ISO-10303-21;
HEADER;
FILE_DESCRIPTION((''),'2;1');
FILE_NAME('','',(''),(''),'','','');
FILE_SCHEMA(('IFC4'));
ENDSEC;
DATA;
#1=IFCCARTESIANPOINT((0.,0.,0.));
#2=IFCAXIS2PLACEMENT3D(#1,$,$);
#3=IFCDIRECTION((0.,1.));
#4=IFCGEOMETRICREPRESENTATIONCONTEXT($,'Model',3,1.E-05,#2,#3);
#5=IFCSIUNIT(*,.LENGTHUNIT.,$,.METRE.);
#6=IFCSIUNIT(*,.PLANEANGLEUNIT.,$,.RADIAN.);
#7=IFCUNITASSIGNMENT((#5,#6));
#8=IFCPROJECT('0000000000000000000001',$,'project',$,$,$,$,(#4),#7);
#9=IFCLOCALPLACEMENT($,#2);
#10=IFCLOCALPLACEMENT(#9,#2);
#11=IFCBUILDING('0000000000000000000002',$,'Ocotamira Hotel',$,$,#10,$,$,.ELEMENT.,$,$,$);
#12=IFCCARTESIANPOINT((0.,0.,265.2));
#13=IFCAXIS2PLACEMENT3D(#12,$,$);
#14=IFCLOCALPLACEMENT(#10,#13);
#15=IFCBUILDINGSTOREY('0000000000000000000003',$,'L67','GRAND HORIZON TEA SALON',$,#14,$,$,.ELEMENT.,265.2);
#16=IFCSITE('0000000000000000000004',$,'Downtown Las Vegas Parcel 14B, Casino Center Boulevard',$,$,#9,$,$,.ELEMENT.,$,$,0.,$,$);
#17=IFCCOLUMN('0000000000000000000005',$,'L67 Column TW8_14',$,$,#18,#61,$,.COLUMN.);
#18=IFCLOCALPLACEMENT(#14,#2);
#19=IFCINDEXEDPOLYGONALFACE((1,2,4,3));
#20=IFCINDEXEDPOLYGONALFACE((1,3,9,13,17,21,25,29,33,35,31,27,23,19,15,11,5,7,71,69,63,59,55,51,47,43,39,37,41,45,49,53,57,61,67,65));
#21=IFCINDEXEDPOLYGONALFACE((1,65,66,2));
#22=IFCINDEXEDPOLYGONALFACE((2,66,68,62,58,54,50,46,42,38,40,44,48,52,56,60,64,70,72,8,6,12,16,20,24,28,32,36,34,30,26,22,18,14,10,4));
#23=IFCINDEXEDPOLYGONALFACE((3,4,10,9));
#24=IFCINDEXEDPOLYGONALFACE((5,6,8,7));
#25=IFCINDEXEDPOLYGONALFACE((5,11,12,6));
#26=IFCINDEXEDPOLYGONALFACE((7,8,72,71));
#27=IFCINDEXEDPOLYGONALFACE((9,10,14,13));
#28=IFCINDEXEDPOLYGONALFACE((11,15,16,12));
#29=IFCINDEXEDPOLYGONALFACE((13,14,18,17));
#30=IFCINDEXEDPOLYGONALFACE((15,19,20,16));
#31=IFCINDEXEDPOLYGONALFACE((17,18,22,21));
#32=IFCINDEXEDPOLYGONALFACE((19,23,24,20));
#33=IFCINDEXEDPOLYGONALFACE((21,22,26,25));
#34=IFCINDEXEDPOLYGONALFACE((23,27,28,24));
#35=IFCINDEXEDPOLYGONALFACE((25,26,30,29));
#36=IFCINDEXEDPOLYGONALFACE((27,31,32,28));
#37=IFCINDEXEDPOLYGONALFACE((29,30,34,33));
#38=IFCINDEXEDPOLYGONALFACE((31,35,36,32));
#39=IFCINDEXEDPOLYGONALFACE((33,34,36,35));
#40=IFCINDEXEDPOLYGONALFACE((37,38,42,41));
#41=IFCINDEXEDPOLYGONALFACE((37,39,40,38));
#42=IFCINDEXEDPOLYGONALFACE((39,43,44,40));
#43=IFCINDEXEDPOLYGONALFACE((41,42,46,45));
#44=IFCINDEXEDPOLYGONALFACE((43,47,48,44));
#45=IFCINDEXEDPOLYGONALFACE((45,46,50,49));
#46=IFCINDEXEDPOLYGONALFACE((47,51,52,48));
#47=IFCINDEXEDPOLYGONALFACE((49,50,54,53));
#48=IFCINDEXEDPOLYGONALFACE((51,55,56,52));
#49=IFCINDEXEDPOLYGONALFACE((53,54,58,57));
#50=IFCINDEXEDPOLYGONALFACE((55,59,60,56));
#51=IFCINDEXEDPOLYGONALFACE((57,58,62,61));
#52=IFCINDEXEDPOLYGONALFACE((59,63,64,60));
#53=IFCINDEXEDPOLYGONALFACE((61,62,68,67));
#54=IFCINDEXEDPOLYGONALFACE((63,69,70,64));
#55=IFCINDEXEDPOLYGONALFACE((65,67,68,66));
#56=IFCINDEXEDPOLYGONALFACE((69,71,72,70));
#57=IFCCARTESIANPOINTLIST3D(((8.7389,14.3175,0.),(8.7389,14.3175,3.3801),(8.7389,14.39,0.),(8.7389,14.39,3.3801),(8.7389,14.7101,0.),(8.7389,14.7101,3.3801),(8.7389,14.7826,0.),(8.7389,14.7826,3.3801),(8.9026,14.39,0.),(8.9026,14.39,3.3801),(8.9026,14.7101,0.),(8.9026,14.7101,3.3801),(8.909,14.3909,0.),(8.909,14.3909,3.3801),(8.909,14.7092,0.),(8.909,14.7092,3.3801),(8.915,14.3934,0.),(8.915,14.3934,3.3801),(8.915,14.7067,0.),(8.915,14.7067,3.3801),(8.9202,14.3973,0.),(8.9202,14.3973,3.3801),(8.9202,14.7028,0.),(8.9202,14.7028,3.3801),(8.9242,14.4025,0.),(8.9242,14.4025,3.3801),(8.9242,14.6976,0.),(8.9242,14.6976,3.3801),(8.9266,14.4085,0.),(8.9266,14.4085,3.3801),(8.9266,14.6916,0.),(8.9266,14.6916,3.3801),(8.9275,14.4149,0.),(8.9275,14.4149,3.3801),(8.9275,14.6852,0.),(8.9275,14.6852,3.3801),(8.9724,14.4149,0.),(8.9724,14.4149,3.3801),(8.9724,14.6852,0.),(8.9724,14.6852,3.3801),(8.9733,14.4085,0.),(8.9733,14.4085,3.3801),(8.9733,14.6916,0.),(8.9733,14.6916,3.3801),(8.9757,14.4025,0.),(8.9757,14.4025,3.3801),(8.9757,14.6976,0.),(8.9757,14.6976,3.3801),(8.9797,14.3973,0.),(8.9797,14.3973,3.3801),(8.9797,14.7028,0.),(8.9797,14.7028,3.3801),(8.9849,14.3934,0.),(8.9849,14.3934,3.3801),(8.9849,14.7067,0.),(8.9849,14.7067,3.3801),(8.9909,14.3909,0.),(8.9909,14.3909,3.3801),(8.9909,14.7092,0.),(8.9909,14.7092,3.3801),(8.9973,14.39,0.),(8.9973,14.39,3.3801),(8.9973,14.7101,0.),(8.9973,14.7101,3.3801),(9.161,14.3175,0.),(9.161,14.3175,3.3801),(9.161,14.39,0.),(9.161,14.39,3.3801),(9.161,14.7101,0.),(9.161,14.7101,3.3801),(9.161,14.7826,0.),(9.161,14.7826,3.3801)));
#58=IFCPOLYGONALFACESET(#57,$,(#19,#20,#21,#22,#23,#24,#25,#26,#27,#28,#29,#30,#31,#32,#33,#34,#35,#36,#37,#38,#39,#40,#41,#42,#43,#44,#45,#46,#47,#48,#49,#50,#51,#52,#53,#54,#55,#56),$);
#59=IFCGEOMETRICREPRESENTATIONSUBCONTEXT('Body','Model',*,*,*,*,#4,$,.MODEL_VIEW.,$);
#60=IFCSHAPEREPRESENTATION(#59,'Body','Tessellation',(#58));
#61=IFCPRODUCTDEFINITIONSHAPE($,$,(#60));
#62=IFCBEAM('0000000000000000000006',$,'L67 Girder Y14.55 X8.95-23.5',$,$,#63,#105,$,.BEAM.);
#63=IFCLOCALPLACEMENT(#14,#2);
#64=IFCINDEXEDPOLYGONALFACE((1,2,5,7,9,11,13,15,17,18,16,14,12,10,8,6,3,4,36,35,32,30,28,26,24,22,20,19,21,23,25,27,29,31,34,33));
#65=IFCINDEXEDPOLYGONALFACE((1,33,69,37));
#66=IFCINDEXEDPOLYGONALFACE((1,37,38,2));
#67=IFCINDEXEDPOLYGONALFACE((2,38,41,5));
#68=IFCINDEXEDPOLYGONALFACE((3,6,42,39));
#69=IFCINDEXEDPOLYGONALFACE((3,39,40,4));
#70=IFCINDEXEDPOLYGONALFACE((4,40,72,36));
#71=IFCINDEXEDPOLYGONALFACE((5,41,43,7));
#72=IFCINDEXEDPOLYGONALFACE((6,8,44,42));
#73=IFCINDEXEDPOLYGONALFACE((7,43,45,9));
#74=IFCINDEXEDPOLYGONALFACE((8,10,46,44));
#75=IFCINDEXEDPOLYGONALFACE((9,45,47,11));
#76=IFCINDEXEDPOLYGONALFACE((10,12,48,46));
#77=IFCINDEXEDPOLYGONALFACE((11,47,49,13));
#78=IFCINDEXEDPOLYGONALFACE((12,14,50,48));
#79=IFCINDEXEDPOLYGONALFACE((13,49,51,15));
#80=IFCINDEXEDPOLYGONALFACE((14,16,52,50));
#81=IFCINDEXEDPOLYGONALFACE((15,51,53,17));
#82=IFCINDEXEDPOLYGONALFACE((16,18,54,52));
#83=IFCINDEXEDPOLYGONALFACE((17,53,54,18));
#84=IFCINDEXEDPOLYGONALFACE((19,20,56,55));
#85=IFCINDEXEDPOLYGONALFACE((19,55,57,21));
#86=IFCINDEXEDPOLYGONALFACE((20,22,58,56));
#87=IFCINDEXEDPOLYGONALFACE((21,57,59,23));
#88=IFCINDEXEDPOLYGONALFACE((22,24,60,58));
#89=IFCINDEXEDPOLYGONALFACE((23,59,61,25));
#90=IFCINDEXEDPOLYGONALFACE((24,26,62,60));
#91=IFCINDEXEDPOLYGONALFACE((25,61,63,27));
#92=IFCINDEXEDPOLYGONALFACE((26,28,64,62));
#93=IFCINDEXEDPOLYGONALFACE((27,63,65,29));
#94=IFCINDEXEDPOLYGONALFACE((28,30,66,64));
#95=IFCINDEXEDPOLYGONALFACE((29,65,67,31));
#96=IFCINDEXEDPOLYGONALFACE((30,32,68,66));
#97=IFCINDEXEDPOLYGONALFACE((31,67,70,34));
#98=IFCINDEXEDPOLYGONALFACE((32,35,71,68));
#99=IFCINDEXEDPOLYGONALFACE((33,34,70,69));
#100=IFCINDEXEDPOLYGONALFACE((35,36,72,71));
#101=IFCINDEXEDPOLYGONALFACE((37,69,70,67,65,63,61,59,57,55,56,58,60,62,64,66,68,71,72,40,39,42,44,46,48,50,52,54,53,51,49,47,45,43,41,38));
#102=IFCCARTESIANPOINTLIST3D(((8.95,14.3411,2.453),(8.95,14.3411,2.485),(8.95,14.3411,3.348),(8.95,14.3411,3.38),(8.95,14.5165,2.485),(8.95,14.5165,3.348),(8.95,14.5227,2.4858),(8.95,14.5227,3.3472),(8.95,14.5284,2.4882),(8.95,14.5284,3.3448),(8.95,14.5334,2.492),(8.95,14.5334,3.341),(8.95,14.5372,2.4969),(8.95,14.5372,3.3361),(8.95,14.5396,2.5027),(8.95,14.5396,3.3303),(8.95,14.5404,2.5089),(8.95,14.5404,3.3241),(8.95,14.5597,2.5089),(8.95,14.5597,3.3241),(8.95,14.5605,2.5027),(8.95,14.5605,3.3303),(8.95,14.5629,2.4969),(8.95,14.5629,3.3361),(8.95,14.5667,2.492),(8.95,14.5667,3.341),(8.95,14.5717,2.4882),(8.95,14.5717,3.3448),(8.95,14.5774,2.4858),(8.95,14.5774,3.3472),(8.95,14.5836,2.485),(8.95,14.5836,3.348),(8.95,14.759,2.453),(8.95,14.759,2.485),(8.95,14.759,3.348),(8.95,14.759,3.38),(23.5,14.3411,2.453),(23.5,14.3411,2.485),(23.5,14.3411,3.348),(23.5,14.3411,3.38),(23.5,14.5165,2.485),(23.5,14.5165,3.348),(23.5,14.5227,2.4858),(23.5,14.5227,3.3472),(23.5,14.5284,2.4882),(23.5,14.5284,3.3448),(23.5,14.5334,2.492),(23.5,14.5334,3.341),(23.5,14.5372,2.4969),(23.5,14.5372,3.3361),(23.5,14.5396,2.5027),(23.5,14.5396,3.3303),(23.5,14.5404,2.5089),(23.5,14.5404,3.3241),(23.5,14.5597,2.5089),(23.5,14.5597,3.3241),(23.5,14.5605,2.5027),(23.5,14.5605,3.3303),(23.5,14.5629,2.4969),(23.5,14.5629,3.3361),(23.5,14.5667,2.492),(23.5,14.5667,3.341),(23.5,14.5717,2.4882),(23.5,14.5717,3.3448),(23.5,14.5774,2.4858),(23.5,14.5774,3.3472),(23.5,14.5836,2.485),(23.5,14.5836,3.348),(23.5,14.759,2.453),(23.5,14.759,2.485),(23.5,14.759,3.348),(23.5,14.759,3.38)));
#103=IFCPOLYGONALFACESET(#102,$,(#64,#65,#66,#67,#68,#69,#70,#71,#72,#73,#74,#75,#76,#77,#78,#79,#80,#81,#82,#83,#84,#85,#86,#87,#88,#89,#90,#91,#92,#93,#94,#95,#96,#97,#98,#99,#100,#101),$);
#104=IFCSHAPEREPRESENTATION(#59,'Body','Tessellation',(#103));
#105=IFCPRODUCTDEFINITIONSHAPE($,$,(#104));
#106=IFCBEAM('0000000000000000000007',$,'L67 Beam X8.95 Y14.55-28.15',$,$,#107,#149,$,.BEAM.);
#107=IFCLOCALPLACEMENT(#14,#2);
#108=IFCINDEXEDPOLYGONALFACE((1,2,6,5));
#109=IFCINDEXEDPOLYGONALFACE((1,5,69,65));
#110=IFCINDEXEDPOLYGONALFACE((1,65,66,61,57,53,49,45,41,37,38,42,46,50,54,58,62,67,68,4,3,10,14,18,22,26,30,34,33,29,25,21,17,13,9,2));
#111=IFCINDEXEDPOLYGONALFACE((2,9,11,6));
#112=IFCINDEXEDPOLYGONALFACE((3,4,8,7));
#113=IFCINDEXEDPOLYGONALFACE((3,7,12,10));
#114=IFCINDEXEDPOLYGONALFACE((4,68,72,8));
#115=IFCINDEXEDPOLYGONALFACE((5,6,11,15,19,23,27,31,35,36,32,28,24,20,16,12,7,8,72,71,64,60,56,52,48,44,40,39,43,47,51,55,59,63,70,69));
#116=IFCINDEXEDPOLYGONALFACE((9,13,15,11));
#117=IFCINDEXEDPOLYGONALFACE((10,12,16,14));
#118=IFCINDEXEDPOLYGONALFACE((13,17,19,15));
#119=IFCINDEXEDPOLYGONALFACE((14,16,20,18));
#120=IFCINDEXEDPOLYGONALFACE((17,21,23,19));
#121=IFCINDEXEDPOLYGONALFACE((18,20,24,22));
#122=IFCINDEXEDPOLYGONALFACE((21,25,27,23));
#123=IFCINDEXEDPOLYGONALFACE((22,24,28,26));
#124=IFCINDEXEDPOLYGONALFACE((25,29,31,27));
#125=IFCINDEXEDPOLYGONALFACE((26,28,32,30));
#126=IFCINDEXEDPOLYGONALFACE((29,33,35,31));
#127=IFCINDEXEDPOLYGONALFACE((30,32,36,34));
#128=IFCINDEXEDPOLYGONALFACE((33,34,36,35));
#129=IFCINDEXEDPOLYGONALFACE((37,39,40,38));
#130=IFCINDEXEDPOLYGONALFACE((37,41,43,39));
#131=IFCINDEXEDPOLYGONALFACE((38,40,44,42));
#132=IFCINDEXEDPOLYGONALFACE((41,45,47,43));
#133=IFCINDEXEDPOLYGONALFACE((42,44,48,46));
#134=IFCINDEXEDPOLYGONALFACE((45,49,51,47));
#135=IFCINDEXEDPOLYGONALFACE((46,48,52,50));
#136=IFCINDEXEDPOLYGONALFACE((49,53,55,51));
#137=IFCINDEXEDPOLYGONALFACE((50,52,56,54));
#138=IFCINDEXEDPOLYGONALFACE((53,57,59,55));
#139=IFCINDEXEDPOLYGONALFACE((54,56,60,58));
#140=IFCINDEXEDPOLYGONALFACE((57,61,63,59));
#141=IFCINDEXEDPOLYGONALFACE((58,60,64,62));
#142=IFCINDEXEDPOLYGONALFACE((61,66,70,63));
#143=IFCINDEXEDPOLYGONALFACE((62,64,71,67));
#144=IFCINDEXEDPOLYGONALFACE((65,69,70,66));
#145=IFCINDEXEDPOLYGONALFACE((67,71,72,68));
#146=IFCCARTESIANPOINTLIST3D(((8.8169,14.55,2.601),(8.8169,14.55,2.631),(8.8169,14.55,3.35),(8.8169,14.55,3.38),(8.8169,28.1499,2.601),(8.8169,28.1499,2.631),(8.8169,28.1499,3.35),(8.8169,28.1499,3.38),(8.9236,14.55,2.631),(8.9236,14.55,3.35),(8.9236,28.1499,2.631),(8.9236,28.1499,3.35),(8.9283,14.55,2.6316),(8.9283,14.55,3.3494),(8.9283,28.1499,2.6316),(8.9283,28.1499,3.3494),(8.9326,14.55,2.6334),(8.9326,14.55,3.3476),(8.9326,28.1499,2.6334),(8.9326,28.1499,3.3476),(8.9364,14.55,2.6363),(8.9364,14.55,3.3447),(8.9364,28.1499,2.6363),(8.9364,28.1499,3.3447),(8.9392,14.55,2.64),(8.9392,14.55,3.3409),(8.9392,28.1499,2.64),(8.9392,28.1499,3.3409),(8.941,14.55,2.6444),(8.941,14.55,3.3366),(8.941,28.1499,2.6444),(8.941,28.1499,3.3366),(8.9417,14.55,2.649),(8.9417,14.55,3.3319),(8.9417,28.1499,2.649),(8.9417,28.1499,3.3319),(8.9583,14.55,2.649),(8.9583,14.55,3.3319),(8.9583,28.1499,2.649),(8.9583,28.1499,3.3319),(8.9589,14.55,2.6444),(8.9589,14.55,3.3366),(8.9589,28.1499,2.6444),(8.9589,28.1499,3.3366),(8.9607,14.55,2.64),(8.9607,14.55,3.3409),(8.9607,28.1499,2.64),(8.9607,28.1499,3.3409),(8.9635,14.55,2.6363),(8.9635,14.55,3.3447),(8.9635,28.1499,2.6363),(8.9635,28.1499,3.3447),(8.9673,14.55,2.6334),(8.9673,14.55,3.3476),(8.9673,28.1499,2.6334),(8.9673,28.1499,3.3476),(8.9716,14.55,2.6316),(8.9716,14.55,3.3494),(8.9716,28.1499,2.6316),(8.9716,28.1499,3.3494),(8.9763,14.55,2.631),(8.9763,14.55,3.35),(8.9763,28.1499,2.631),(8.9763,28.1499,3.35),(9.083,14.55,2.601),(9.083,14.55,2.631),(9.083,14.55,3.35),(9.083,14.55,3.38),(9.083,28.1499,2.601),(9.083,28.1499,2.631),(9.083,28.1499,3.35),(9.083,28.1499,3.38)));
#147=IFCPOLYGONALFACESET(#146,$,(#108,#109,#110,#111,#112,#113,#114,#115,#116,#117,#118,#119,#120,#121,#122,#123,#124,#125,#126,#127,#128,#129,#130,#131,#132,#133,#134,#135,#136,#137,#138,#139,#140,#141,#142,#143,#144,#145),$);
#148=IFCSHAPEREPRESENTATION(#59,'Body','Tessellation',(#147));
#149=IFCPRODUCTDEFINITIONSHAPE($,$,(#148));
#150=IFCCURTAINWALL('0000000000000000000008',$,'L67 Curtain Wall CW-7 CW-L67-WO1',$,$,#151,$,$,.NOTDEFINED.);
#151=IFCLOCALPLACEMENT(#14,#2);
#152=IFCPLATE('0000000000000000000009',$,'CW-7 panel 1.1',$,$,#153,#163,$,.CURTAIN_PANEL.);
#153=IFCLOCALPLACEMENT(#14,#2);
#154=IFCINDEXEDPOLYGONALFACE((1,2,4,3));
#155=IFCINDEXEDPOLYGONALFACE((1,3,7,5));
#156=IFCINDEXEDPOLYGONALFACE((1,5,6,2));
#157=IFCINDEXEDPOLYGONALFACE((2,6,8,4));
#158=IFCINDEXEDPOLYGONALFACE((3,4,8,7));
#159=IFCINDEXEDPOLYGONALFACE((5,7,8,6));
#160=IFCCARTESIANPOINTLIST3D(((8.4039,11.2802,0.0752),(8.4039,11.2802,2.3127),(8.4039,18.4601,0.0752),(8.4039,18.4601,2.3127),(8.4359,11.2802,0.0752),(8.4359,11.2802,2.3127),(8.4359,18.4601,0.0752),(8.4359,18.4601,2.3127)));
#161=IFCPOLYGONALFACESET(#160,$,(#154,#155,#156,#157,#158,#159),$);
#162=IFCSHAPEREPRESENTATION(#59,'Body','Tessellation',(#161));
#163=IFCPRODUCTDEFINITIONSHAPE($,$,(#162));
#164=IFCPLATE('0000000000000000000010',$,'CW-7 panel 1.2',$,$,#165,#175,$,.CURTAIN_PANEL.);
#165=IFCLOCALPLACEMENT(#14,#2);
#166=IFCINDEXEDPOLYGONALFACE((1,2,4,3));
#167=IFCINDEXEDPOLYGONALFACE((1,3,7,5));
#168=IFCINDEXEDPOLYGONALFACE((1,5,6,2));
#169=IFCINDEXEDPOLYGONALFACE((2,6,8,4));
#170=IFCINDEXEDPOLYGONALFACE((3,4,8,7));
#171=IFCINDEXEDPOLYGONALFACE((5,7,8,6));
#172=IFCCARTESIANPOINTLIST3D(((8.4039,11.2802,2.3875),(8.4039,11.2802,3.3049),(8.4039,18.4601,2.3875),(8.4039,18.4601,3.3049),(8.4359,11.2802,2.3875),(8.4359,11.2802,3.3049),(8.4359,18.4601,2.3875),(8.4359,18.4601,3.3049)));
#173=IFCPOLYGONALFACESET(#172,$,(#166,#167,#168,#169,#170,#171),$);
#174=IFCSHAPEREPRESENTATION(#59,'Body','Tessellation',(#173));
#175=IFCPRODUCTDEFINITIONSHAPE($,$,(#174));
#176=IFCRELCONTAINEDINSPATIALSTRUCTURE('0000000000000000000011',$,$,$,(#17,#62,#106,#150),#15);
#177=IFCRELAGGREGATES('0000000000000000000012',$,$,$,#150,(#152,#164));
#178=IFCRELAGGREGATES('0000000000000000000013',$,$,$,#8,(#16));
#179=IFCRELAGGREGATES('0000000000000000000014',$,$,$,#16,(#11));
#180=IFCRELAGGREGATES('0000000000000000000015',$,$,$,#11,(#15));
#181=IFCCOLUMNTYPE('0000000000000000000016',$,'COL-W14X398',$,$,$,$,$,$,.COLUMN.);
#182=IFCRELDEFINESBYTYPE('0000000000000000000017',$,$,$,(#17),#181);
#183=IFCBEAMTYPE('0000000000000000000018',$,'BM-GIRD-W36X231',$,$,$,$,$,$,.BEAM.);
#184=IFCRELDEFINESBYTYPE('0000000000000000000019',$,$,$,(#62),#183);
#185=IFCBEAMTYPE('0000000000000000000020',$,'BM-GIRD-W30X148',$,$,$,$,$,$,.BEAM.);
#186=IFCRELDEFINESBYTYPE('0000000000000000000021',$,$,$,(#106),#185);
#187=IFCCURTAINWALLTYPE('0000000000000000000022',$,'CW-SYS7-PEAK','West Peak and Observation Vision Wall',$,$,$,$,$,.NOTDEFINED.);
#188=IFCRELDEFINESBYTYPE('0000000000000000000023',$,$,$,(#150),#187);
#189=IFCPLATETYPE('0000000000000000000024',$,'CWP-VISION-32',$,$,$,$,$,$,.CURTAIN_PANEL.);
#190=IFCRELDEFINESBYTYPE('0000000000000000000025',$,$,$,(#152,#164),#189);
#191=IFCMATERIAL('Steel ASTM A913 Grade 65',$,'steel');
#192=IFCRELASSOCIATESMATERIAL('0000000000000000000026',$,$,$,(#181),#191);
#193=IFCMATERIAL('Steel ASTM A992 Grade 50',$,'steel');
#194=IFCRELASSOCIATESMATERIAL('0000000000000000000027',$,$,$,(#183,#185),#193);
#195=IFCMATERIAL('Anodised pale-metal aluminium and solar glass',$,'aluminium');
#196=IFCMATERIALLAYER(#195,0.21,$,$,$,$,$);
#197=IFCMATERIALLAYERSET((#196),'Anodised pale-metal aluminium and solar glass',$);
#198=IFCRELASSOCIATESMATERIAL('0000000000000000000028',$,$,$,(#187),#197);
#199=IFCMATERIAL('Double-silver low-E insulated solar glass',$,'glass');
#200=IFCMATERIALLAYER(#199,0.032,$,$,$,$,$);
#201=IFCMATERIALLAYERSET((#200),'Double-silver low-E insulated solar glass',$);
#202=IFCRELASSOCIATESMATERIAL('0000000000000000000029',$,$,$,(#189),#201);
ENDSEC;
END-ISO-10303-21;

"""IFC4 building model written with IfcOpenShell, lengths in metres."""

from ifc_helpers import new_model, si_unit, direction, frame, origin, origin_2d, place, context, subcontext, project, spatial, rectangle, i_section, extrude, source, transform, mapped, material, layer, layer_set, material_profile, profile_set, type_object, element, aggregate, save


model = new_model("IFC4")

# Units and contexts
model_context = context("Model", 3, precision=1e-05, world=origin(), true_north=direction((0.0, 1.0)))
body_context = subcontext(model_context, "Body", "Model", "MODEL_VIEW")
ifc_project = project(units=[si_unit("LENGTHUNIT", "METRE"), si_unit("PLANEANGLEUNIT", "RADIAN")], contexts=[model_context])

# Site, building, storey
site_placement = place(None, origin())
site = spatial("IfcSite", under=ifc_project, at=site_placement, Name="Downtown Las Vegas Parcel 14B, Casino Center Boulevard", CompositionType="ELEMENT", RefElevation=0.0)
building_placement = place(site_placement, origin())
building = spatial("IfcBuilding", under=site, at=building_placement, Name="Ocotamira Hotel", CompositionType="ELEMENT")
storey_placement = place(building_placement, frame((0.0, 0.0, 265.2)))
storey = spatial("IfcBuildingStorey", under=building, at=storey_placement, Name="L67", Description="GRAND HORIZON TEA SALON", CompositionType="ELEMENT", Elevation=265.2)

# Column
ifc_material_1 = material(Name="Steel ASTM A913 Grade 65", Category="steel")
ifc_material_profile_1 = material_profile(ifc_material_1, i_section(OverallWidth=0.4221, OverallDepth=0.4651, WebThickness=0.0449, FlangeThickness=0.0725, FilletRadius=0.0249, at=origin_2d()), Name="W14X398")
ifc_profile_set_1 = profile_set([ifc_material_profile_1], Name="Steel ASTM A913 Grade 65")
column_type = type_object("IfcColumnType", Name="COL-W14X398", PredefinedType="COLUMN", material=ifc_profile_set_1)
shared_shape_1 = source(origin(), body_context, "Body", "SweptSolid", [
    extrude(i_section(OverallWidth=0.4221, OverallDepth=0.4651, WebThickness=0.0449, FlangeThickness=0.0725, FilletRadius=0.0249, at=origin_2d()), origin(), (0.0, 0.0, 1.0), 3.3801),
])
column_placement = place(storey_placement, frame((8.95, 14.55, 0.0), z_axis=(0.0, 0.0, 1.0), x_axis=(1.0, 0.0, 0.0)))
element("IfcColumn", 1, at=column_placement, inside=storey, type_object=column_type, Name="L67 Column TW8_14", PredefinedType="COLUMN", context=body_context, shape_type="MappedRepresentation", body=[
    mapped(shared_shape_1, transform((0.0, 0.0, 0.0), scale=1.0)),
])

# Beams
ifc_material_2 = material(Name="Steel ASTM A992 Grade 50", Category="steel")
ifc_material_profile_2 = material_profile(ifc_material_2, i_section(OverallWidth=0.418, OverallDepth=0.927, WebThickness=0.0193, FlangeThickness=0.032, FilletRadius=0.0239, at=origin_2d()), Name="W36X231")
ifc_profile_set_2 = profile_set([ifc_material_profile_2], Name="Steel ASTM A992 Grade 50")
beam_type_1 = type_object("IfcBeamType", Name="BM-GIRD-W36X231", PredefinedType="BEAM", material=ifc_profile_set_2)
shared_shape_2 = source(origin(), body_context, "Body", "SweptSolid", [
    extrude(i_section(OverallWidth=0.418, OverallDepth=0.927, WebThickness=0.0193, FlangeThickness=0.032, FilletRadius=0.0239, at=origin_2d()), origin(), (0.0, 0.0, 1.0), 14.55),
])
beam_1_placement = place(storey_placement, frame((8.95, 14.55, 2.9165), z_axis=(1.0, 0.0, 0.0), x_axis=(0.0, 1.0, 0.0)))
element("IfcBeam", 2, at=beam_1_placement, inside=storey, type_object=beam_type_1, Name="L67 Girder Y14.55 X8.95-23.5", PredefinedType="BEAM", context=body_context, shape_type="MappedRepresentation", body=[
    mapped(shared_shape_2, transform((0.0, 0.0, 0.0), scale=1.0)),
])
ifc_material_profile_3 = material_profile(ifc_material_2, i_section(OverallWidth=0.2661, OverallDepth=0.7791, WebThickness=0.0166, FlangeThickness=0.03, FilletRadius=0.0181, at=origin_2d()), Name="W30X148")
ifc_profile_set_3 = profile_set([ifc_material_profile_3], Name="Steel ASTM A992 Grade 50")
beam_type_2 = type_object("IfcBeamType", Name="BM-GIRD-W30X148", PredefinedType="BEAM", material=ifc_profile_set_3)
shared_shape_3 = source(origin(), body_context, "Body", "SweptSolid", [
    extrude(i_section(OverallWidth=0.2661, OverallDepth=0.7791, WebThickness=0.0166, FlangeThickness=0.03, FilletRadius=0.0181, at=origin_2d()), origin(), (0.0, 0.0, 1.0), 13.5999),
])
beam_2_placement = place(storey_placement, frame((8.95, 14.55, 2.9905), z_axis=(0.0, 1.0, 0.0), x_axis=(-1.0, 0.0, 0.0)))
element("IfcBeam", 3, at=beam_2_placement, inside=storey, type_object=beam_type_2, Name="L67 Beam X8.95 Y14.55-28.15", PredefinedType="BEAM", context=body_context, shape_type="MappedRepresentation", body=[
    mapped(shared_shape_3, transform((0.0, 0.0, 0.0), scale=1.0)),
])

# Curtain wall, plates
ifc_material_3 = material(Name="Anodised pale-metal aluminium and solar glass", Category="aluminium")
ifc_layer_1 = layer(ifc_material_3, 0.21)
ifc_layer_set_1 = layer_set([ifc_layer_1], Name="Anodised pale-metal aluminium and solar glass")
curtain_wall_type = type_object("IfcCurtainWallType", Name="CW-SYS7-PEAK", Description="West Peak and Observation Vision Wall", PredefinedType="NOTDEFINED", material=ifc_layer_set_1)
curtain_wall_placement = place(storey_placement, origin())
curtain_wall = element("IfcCurtainWall", 4, at=curtain_wall_placement, inside=storey, type_object=curtain_wall_type, Name="L67 Curtain Wall CW-7 CW-L67-WO1", PredefinedType="NOTDEFINED")
ifc_material_4 = material(Name="Double-silver low-E insulated solar glass", Category="glass")
ifc_layer_2 = layer(ifc_material_4, 0.032)
ifc_layer_set_2 = layer_set([ifc_layer_2], Name="Double-silver low-E insulated solar glass")
plate_type = type_object("IfcPlateType", Name="CWP-VISION-32", PredefinedType="CURTAIN_PANEL", material=ifc_layer_set_2)
shared_shape_4 = source(origin(), body_context, "Body", "SweptSolid", [
    extrude(rectangle(XDim=7.1799, YDim=0.032, at=origin_2d()), origin(), (0.0, 0.0, 1.0), 2.2375),
])
plate_1_placement = place(storey_placement, frame((8.4199, 14.8701, 0.0752), z_axis=(0.0, 0.0, 1.0), x_axis=(0.0, 1.0, 0.0)))
plate_1 = element("IfcPlate", 5, at=plate_1_placement, type_object=plate_type, Name="CW-7 panel 1.1", PredefinedType="CURTAIN_PANEL", context=body_context, shape_type="MappedRepresentation", body=[
    mapped(shared_shape_4, transform((0.0, 0.0, 0.0), scale=1.0)),
])
shared_shape_5 = source(origin(), body_context, "Body", "SweptSolid", [
    extrude(rectangle(XDim=7.1799, YDim=0.032, at=origin_2d()), origin(), (0.0, 0.0, 1.0), 0.9175),
])
plate_2_placement = place(storey_placement, frame((8.4199, 14.8701, 2.3875), z_axis=(0.0, 0.0, 1.0), x_axis=(0.0, 1.0, 0.0)))
plate_2 = element("IfcPlate", 6, at=plate_2_placement, type_object=plate_type, Name="CW-7 panel 1.2", PredefinedType="CURTAIN_PANEL", context=body_context, shape_type="MappedRepresentation", body=[
    mapped(shared_shape_5, transform((0.0, 0.0, 0.0), scale=1.0)),
])
aggregate(curtain_wall, [plate_1, plate_2])

save(model, "model.ifc")
